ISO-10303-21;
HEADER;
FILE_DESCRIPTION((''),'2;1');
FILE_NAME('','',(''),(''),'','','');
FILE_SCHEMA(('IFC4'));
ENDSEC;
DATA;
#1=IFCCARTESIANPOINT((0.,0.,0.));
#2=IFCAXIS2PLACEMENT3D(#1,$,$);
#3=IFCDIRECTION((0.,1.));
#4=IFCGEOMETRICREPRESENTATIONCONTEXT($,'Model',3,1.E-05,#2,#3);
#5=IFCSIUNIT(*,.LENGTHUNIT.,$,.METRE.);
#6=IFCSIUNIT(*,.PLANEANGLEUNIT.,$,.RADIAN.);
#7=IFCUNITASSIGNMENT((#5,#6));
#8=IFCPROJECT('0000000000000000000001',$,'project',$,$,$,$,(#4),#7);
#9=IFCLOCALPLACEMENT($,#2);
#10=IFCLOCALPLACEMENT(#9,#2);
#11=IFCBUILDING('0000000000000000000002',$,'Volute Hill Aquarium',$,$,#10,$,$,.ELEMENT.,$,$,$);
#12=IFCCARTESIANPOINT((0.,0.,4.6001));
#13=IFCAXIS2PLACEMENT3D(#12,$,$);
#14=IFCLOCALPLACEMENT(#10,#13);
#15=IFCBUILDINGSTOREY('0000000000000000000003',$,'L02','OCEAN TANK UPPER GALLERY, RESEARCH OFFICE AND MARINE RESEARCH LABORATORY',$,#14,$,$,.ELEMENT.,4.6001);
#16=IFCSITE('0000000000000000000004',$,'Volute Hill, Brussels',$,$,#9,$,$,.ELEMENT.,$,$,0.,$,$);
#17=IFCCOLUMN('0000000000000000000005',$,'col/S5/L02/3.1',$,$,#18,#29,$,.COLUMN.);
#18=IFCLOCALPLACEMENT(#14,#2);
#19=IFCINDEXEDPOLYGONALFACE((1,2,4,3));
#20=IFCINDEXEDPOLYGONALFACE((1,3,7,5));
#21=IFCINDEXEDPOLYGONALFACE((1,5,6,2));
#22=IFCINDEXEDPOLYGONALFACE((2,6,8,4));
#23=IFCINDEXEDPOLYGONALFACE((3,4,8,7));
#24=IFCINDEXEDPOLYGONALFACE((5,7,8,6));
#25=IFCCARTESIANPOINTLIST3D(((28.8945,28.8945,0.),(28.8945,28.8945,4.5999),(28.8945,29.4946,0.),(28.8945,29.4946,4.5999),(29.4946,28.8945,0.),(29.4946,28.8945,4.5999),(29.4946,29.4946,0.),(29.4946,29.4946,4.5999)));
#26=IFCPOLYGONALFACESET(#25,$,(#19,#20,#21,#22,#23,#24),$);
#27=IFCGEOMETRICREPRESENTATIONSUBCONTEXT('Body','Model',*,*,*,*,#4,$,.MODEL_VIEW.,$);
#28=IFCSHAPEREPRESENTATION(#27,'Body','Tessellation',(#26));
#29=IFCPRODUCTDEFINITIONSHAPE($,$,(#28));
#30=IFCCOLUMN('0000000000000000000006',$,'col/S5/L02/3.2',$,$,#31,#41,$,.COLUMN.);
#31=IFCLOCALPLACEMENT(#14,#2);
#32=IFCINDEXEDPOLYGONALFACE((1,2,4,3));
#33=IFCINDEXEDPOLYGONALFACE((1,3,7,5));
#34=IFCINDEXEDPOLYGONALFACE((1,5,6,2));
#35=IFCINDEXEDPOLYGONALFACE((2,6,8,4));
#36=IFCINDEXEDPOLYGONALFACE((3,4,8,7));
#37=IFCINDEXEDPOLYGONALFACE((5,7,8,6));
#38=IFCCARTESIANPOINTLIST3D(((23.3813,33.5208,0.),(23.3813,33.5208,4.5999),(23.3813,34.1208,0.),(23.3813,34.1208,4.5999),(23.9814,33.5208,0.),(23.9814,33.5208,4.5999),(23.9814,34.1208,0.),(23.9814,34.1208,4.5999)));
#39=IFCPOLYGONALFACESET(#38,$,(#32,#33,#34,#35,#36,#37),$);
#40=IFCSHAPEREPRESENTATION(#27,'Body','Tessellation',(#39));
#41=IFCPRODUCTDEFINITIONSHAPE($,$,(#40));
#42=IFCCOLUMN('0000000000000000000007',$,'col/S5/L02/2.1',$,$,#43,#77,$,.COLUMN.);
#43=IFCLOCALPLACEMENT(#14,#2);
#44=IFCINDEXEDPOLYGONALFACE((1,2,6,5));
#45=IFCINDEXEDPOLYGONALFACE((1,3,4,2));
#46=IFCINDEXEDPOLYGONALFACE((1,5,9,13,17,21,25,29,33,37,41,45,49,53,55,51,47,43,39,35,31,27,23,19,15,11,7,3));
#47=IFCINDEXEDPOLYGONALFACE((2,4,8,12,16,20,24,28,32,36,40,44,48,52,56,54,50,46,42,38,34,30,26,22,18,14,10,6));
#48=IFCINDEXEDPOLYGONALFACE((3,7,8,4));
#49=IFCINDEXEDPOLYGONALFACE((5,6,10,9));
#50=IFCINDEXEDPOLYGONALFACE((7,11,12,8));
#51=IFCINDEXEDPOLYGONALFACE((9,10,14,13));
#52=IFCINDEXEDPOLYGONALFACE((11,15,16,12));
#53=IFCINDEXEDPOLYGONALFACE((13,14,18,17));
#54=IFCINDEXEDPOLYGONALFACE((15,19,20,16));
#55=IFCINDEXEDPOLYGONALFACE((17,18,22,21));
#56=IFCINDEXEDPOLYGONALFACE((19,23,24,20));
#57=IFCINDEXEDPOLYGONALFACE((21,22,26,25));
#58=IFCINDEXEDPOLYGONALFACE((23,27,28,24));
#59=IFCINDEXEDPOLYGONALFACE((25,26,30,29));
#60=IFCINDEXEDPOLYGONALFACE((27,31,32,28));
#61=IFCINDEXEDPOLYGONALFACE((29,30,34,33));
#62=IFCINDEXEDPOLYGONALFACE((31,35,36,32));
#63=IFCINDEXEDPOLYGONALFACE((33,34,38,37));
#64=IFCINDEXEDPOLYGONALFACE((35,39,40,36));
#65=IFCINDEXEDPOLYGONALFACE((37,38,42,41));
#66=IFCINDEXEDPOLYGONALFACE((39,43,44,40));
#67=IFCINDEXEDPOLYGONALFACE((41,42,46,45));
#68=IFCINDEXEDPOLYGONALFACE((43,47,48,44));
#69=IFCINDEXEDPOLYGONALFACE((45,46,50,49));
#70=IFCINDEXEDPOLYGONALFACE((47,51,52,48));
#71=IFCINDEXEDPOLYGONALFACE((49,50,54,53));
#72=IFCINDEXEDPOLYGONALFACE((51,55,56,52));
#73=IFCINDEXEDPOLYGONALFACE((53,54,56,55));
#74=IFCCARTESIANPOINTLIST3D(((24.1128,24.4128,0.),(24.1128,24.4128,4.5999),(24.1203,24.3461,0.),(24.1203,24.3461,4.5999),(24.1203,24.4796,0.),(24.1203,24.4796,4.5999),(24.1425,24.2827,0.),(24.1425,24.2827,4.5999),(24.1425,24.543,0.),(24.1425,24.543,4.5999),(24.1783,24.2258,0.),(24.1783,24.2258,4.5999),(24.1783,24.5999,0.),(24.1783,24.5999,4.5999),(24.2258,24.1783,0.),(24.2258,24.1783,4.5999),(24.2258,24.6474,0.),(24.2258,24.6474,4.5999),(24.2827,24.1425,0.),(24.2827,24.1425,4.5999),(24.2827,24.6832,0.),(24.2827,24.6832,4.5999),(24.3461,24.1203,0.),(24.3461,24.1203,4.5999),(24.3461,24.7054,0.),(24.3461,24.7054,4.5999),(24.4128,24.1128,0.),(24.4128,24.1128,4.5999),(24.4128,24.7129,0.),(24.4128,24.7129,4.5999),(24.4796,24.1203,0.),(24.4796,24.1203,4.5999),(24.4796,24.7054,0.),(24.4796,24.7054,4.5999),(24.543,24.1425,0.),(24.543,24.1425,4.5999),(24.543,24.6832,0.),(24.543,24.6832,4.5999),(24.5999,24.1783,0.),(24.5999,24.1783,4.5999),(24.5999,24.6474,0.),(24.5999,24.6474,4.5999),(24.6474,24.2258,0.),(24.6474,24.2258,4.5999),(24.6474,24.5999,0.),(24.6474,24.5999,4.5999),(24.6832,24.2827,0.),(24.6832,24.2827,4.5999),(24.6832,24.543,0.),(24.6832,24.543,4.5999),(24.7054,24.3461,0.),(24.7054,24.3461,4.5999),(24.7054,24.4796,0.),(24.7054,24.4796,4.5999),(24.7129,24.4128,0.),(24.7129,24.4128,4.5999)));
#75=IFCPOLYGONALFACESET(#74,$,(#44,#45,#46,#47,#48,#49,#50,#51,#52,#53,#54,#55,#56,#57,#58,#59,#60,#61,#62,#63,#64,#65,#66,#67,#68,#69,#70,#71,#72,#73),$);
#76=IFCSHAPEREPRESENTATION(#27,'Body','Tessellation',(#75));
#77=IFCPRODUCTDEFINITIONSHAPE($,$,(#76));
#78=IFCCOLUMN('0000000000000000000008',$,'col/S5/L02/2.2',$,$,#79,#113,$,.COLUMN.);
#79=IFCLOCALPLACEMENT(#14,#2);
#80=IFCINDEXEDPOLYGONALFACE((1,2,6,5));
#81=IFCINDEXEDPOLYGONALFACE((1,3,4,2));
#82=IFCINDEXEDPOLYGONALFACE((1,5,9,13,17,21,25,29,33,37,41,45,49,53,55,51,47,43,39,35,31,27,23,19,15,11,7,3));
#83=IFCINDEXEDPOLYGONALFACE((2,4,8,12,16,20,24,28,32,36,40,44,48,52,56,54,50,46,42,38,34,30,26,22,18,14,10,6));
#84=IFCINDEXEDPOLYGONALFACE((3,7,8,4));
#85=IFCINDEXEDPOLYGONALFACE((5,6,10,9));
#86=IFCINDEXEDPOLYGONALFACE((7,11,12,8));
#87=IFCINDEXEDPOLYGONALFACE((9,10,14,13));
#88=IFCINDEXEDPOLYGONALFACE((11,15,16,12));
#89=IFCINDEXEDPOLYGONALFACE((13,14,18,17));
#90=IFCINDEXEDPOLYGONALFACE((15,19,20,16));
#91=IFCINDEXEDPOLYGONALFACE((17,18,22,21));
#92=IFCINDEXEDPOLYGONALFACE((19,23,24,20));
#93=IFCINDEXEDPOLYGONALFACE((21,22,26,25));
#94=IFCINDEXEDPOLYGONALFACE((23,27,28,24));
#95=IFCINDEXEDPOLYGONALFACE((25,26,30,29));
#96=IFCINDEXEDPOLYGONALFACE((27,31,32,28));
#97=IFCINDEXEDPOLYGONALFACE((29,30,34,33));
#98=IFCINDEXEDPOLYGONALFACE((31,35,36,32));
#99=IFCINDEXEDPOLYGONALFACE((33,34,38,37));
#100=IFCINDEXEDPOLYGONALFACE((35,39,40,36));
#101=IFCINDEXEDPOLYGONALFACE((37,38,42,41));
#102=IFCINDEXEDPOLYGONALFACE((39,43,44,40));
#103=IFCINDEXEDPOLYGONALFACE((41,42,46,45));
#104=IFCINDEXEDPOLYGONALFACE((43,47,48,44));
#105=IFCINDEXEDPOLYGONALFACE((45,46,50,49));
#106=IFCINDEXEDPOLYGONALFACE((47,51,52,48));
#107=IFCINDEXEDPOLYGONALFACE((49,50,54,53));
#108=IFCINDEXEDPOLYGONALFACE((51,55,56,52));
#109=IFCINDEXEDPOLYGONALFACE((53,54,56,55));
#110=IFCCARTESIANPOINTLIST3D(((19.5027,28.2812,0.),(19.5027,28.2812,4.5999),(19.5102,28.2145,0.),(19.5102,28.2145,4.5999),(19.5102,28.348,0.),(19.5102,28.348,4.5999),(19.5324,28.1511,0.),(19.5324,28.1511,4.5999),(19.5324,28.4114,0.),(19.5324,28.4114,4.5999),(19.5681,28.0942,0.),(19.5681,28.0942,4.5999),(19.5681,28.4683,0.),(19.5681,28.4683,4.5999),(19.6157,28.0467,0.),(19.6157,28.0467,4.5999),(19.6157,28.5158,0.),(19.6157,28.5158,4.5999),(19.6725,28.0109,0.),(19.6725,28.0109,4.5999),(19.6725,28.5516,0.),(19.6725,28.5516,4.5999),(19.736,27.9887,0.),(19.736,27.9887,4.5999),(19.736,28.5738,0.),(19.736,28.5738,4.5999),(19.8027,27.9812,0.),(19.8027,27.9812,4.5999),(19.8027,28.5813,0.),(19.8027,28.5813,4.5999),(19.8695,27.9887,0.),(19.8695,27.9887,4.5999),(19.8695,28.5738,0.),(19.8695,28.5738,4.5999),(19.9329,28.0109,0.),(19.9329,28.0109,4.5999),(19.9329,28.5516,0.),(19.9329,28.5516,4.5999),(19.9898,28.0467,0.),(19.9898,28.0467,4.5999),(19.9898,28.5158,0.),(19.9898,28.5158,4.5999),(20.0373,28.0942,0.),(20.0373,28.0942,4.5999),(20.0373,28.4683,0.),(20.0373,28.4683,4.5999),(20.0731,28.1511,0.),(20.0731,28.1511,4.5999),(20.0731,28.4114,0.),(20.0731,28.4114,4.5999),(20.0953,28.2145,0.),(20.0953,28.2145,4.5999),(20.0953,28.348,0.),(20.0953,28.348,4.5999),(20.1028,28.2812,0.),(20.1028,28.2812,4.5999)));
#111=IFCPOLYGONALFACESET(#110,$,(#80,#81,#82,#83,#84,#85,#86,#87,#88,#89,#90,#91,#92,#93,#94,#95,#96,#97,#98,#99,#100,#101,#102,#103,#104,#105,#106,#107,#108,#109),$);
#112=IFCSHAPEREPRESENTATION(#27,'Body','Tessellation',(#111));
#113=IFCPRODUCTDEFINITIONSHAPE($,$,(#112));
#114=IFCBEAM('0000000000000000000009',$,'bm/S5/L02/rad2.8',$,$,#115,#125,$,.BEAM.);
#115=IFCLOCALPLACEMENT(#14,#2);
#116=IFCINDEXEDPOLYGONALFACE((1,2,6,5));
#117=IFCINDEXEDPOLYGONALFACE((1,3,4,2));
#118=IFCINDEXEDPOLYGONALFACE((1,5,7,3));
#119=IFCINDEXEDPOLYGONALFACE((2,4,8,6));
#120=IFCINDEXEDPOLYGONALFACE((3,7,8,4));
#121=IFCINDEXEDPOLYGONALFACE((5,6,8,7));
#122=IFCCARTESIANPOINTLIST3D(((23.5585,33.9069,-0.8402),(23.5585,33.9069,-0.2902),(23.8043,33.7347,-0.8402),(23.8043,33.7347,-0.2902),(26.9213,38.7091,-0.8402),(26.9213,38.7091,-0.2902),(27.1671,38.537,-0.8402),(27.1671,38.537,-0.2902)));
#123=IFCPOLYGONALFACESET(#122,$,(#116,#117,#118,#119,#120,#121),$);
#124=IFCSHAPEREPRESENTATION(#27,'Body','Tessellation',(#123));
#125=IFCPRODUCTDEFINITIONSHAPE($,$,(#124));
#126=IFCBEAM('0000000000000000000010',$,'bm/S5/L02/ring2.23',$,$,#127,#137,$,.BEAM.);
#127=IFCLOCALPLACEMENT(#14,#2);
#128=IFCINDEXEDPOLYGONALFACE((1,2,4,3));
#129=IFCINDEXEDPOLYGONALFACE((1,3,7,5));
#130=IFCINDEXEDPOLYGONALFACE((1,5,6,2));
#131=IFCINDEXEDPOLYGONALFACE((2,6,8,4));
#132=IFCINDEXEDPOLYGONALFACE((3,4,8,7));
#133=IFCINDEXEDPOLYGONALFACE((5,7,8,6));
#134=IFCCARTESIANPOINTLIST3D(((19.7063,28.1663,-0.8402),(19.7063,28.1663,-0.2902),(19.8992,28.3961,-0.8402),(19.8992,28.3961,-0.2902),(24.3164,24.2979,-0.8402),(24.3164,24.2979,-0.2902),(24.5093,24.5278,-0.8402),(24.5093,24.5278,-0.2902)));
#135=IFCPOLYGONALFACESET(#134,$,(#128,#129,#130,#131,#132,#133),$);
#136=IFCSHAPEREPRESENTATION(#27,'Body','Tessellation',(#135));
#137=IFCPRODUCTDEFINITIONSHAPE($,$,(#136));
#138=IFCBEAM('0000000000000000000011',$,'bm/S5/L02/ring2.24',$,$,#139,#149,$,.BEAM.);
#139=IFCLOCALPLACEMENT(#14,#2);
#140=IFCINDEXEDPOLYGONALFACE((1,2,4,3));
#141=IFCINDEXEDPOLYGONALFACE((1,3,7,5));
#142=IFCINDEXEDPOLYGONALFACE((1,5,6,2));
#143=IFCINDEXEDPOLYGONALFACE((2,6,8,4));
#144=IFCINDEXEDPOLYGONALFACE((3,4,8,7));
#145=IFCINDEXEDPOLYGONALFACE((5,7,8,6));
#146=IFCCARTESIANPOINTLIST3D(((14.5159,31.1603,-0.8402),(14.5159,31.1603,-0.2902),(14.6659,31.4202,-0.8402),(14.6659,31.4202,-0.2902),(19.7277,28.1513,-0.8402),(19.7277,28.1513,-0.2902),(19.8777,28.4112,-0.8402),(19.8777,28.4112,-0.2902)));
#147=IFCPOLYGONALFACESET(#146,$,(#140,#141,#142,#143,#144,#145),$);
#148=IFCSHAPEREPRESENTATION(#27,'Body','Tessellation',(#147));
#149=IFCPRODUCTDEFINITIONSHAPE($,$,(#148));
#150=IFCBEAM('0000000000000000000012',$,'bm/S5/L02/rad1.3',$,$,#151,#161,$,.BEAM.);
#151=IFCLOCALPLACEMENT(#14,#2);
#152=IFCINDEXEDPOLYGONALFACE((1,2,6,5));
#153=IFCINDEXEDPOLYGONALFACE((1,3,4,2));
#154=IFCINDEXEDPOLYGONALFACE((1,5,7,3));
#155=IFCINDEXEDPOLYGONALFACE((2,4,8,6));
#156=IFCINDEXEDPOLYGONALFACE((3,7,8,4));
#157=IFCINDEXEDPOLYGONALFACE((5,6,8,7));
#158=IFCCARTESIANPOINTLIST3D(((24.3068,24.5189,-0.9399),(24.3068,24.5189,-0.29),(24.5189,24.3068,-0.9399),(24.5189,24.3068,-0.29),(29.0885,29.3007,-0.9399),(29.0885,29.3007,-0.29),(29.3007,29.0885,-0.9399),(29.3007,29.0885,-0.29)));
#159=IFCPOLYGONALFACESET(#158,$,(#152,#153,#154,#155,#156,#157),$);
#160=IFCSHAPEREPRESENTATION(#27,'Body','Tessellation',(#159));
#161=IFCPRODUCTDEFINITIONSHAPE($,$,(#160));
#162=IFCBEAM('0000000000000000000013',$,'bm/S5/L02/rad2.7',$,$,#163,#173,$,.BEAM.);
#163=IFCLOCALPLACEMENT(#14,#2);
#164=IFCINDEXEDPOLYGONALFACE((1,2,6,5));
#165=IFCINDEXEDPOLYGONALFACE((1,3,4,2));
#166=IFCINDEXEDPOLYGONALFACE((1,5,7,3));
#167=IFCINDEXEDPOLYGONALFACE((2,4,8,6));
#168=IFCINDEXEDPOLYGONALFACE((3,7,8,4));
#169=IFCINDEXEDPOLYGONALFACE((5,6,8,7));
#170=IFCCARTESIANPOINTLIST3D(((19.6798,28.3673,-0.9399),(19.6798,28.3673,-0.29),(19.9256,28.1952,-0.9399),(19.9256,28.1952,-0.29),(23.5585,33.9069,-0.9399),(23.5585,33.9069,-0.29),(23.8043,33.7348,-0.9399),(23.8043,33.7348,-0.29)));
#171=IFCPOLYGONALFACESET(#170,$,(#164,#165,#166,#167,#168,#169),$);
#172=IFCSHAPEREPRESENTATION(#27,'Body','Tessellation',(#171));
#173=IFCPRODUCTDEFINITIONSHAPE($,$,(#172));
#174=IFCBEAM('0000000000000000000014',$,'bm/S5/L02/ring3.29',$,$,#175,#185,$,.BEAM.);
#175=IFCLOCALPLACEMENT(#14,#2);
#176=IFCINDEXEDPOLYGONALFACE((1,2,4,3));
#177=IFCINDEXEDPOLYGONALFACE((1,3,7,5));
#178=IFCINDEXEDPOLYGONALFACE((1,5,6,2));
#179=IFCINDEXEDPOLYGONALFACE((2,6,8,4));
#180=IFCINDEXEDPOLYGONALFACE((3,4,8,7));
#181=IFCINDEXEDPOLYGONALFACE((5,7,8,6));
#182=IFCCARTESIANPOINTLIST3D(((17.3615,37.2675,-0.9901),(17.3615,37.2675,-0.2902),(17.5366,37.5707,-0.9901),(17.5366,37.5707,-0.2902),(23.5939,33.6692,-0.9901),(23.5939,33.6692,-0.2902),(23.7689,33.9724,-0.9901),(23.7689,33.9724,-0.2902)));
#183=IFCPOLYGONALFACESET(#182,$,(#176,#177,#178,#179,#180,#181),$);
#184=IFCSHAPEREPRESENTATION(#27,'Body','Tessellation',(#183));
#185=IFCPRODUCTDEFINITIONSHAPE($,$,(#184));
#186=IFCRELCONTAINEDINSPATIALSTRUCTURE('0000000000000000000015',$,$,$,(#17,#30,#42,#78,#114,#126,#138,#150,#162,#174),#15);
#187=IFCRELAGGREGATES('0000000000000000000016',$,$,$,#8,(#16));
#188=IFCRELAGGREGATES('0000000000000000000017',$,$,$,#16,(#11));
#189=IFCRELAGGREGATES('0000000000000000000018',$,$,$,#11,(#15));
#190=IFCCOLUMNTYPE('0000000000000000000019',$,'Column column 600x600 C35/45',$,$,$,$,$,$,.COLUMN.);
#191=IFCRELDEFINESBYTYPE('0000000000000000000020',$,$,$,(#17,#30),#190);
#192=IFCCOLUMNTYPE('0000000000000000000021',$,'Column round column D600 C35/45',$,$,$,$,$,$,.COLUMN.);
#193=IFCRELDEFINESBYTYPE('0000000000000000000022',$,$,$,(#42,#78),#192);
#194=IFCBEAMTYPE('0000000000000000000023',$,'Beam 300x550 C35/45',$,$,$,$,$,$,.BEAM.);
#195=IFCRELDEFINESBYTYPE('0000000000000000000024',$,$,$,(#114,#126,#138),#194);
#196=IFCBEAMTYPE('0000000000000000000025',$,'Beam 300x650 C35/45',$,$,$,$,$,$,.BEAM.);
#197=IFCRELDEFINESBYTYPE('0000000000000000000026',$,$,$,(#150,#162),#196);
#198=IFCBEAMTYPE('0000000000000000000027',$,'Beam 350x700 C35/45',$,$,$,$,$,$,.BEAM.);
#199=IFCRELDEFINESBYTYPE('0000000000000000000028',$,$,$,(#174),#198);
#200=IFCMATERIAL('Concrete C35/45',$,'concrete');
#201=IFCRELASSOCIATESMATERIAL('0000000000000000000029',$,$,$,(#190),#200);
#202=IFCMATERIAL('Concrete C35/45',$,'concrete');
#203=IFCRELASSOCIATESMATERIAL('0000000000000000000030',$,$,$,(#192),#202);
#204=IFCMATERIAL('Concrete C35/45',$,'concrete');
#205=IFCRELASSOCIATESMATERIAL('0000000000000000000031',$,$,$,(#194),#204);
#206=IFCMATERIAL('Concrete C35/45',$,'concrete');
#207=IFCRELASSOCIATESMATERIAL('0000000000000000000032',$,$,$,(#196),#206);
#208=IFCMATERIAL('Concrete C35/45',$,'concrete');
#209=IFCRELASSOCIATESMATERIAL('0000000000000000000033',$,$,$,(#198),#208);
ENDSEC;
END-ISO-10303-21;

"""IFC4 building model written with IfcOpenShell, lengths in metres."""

from ifc_helpers import new_model, si_unit, direction, frame, origin, origin_2d, place, context, subcontext, project, spatial, rectangle, circle, extrude, material, material_profile, profile_set, type_object, element, save


model = new_model("IFC4")

# Units and contexts
model_context = context("Model", 3, precision=1e-05, world=origin(), true_north=direction((0.0, 1.0)))
body_context = subcontext(model_context, "Body", "Model", "MODEL_VIEW")
ifc_project = project(units=[si_unit("LENGTHUNIT", "METRE"), si_unit("PLANEANGLEUNIT", "RADIAN")], contexts=[model_context])

# Site, building, storey
site_placement = place(None, origin())
site = spatial("IfcSite", under=ifc_project, at=site_placement, Name="Volute Hill, Brussels", CompositionType="ELEMENT", RefElevation=0.0)
building_placement = place(site_placement, origin())
building = spatial("IfcBuilding", under=site, at=building_placement, Name="Volute Hill Aquarium", CompositionType="ELEMENT")
storey_placement = place(building_placement, frame((0.0, 0.0, 4.6001)))
storey = spatial("IfcBuildingStorey", under=building, at=storey_placement, Name="L02", Description="OCEAN TANK UPPER GALLERY, RESEARCH OFFICE AND MARINE RESEARCH LABORATORY", CompositionType="ELEMENT", Elevation=4.6001)

# Columns
ifc_material_1 = material(Name="Concrete C35/45", Category="concrete")
ifc_material_profile_1 = material_profile(ifc_material_1, rectangle(XDim=0.6001, YDim=0.6001, at=origin_2d()), Name="RC column 600x600")
ifc_profile_set_1 = profile_set([ifc_material_profile_1], Name="Concrete C35/45")
column_type_1 = type_object("IfcColumnType", Name="Column column 600x600 C35/45", PredefinedType="COLUMN", material=ifc_profile_set_1)
for number, where, z_axis, x_axis, name in (
    (1, (29.1946, 29.1946, 0.0), (0.0, 0.0, 1.0), (1.0, 0.0, 0.0), "col/S5/L02/3.1"),
    (2, (23.6814, 33.8208, 0.0), (0.0, 0.0, 1.0), (1.0, 0.0, 0.0), "col/S5/L02/3.2"),
):
    element("IfcColumn", number, at=place(storey_placement, frame(where, z_axis=z_axis, x_axis=x_axis)), inside=storey, type_object=column_type_1, Name=name, PredefinedType="COLUMN", context=body_context, shape_type="SweptSolid", body=[
        extrude(rectangle(XDim=0.6001, YDim=0.6001, at=origin_2d()), origin(), (0.0, 0.0, 1.0), 4.5999),
    ])
ifc_material_2 = material(Name="Concrete C35/45", Category="concrete")
ifc_material_profile_2 = material_profile(ifc_material_2, circle(Radius=0.3, at=origin_2d()), Name="RC round column D600")
ifc_profile_set_2 = profile_set([ifc_material_profile_2], Name="Concrete C35/45")
column_type_2 = type_object("IfcColumnType", Name="Column round column D600 C35/45", PredefinedType="COLUMN", material=ifc_profile_set_2)
for number, where, z_axis, x_axis, name in (
    (3, (24.4128, 24.4128, 0.0), (0.0, 0.0, 1.0), (1.0, 0.0, 0.0), "col/S5/L02/2.1"),
    (4, (19.8027, 28.2812, 0.0), (0.0, 0.0, 1.0), (1.0, 0.0, 0.0), "col/S5/L02/2.2"),
):
    element("IfcColumn", number, at=place(storey_placement, frame(where, z_axis=z_axis, x_axis=x_axis)), inside=storey, type_object=column_type_2, Name=name, PredefinedType="COLUMN", context=body_context, shape_type="SweptSolid", body=[
        extrude(circle(Radius=0.3, at=origin_2d()), origin(), (0.0, 0.0, 1.0), 4.5999),
    ])

# Beams
ifc_material_3 = material(Name="Concrete C35/45", Category="concrete")
ifc_material_profile_3 = material_profile(ifc_material_3, rectangle(XDim=0.3, YDim=0.55, at=origin_2d()), Name="RC beam 300x550")
ifc_profile_set_3 = profile_set([ifc_material_profile_3], Name="Concrete C35/45")
beam_type_1 = type_object("IfcBeamType", Name="Beam 300x550 C35/45", PredefinedType="BEAM", material=ifc_profile_set_3)
beam_1_placement = place(storey_placement, frame((23.6814, 33.8208, -0.5652), z_axis=(0.573602, 0.819134, 0.0), x_axis=(-0.819134, 0.573602, 0.0)))
element("IfcBeam", 5, at=beam_1_placement, inside=storey, type_object=beam_type_1, Name="bm/S5/L02/rad2.8", PredefinedType="BEAM", context=body_context, shape_type="SweptSolid", body=[
    extrude(rectangle(XDim=0.3, YDim=0.55, at=origin_2d()), origin(), (0.0, 0.0, 1.0), 5.8625),
])
for number, where, z_axis, x_axis, name in (
    (6, (24.4128, 24.4128, -0.5652), (-0.766039, 0.642794, 0.0), (-0.642794, -0.766039, 0.0), "bm/S5/L02/ring2.23"),
    (7, (19.8027, 28.2812, -0.5652), (-0.86603, 0.499992, 0.0), (-0.499992, -0.86603, 0.0), "bm/S5/L02/ring2.24"),
):
    element("IfcBeam", number, at=place(storey_placement, frame(where, z_axis=z_axis, x_axis=x_axis)), inside=storey, type_object=beam_type_1, Name=name, PredefinedType="BEAM", context=body_context, shape_type="SweptSolid", body=[
        extrude(rectangle(XDim=0.3, YDim=0.55, at=origin_2d()), origin(), (0.0, 0.0, 1.0), 6.0181),
    ])
ifc_material_4 = material(Name="Concrete C35/45", Category="concrete")
ifc_material_profile_4 = material_profile(ifc_material_4, rectangle(XDim=0.3, YDim=0.6499, at=origin_2d()), Name="RC beam 300x650")
ifc_profile_set_4 = profile_set([ifc_material_profile_4], Name="Concrete C35/45")
beam_type_2 = type_object("IfcBeamType", Name="Beam 300x650 C35/45", PredefinedType="BEAM", material=ifc_profile_set_4)
for number, where, z_axis, x_axis, name in (
    (8, (24.4128, 24.4128, -0.615), (0.707107, 0.707107, 0.0), (-0.707107, 0.707107, 0.0), "bm/S5/L02/rad1.3"),
    (9, (19.8027, 28.2812, -0.615), (0.573559, 0.819164, 0.0), (-0.819164, 0.573559, 0.0), "bm/S5/L02/rad2.7"),
):
    element("IfcBeam", number, at=place(storey_placement, frame(where, z_axis=z_axis, x_axis=x_axis)), inside=storey, type_object=beam_type_2, Name=name, PredefinedType="BEAM", context=body_context, shape_type="SweptSolid", body=[
        extrude(rectangle(XDim=0.3, YDim=0.6499, at=origin_2d()), origin(), (0.0, 0.0, 1.0), 6.7625),
    ])
ifc_material_5 = material(Name="Concrete C35/45", Category="concrete")
ifc_material_profile_5 = material_profile(ifc_material_5, rectangle(XDim=0.3501, YDim=0.7, at=origin_2d()), Name="RC beam 350x700")
ifc_profile_set_5 = profile_set([ifc_material_profile_5], Name="Concrete C35/45")
beam_type_3 = type_object("IfcBeamType", Name="Beam 350x700 C35/45", PredefinedType="BEAM", material=ifc_profile_set_5)
beam_2_placement = place(storey_placement, frame((23.6814, 33.8208, -0.6401), z_axis=(-0.866019, 0.50001, 0.0), x_axis=(-0.50001, -0.866019, 0.0)))
element("IfcBeam", 10, at=beam_2_placement, inside=storey, type_object=beam_type_3, Name="bm/S5/L02/ring3.29", PredefinedType="BEAM", context=body_context, shape_type="SweptSolid", body=[
    extrude(rectangle(XDim=0.3501, YDim=0.7, at=origin_2d()), origin(), (0.0, 0.0, 1.0), 7.1965),
])

save(model, "model.ifc")
